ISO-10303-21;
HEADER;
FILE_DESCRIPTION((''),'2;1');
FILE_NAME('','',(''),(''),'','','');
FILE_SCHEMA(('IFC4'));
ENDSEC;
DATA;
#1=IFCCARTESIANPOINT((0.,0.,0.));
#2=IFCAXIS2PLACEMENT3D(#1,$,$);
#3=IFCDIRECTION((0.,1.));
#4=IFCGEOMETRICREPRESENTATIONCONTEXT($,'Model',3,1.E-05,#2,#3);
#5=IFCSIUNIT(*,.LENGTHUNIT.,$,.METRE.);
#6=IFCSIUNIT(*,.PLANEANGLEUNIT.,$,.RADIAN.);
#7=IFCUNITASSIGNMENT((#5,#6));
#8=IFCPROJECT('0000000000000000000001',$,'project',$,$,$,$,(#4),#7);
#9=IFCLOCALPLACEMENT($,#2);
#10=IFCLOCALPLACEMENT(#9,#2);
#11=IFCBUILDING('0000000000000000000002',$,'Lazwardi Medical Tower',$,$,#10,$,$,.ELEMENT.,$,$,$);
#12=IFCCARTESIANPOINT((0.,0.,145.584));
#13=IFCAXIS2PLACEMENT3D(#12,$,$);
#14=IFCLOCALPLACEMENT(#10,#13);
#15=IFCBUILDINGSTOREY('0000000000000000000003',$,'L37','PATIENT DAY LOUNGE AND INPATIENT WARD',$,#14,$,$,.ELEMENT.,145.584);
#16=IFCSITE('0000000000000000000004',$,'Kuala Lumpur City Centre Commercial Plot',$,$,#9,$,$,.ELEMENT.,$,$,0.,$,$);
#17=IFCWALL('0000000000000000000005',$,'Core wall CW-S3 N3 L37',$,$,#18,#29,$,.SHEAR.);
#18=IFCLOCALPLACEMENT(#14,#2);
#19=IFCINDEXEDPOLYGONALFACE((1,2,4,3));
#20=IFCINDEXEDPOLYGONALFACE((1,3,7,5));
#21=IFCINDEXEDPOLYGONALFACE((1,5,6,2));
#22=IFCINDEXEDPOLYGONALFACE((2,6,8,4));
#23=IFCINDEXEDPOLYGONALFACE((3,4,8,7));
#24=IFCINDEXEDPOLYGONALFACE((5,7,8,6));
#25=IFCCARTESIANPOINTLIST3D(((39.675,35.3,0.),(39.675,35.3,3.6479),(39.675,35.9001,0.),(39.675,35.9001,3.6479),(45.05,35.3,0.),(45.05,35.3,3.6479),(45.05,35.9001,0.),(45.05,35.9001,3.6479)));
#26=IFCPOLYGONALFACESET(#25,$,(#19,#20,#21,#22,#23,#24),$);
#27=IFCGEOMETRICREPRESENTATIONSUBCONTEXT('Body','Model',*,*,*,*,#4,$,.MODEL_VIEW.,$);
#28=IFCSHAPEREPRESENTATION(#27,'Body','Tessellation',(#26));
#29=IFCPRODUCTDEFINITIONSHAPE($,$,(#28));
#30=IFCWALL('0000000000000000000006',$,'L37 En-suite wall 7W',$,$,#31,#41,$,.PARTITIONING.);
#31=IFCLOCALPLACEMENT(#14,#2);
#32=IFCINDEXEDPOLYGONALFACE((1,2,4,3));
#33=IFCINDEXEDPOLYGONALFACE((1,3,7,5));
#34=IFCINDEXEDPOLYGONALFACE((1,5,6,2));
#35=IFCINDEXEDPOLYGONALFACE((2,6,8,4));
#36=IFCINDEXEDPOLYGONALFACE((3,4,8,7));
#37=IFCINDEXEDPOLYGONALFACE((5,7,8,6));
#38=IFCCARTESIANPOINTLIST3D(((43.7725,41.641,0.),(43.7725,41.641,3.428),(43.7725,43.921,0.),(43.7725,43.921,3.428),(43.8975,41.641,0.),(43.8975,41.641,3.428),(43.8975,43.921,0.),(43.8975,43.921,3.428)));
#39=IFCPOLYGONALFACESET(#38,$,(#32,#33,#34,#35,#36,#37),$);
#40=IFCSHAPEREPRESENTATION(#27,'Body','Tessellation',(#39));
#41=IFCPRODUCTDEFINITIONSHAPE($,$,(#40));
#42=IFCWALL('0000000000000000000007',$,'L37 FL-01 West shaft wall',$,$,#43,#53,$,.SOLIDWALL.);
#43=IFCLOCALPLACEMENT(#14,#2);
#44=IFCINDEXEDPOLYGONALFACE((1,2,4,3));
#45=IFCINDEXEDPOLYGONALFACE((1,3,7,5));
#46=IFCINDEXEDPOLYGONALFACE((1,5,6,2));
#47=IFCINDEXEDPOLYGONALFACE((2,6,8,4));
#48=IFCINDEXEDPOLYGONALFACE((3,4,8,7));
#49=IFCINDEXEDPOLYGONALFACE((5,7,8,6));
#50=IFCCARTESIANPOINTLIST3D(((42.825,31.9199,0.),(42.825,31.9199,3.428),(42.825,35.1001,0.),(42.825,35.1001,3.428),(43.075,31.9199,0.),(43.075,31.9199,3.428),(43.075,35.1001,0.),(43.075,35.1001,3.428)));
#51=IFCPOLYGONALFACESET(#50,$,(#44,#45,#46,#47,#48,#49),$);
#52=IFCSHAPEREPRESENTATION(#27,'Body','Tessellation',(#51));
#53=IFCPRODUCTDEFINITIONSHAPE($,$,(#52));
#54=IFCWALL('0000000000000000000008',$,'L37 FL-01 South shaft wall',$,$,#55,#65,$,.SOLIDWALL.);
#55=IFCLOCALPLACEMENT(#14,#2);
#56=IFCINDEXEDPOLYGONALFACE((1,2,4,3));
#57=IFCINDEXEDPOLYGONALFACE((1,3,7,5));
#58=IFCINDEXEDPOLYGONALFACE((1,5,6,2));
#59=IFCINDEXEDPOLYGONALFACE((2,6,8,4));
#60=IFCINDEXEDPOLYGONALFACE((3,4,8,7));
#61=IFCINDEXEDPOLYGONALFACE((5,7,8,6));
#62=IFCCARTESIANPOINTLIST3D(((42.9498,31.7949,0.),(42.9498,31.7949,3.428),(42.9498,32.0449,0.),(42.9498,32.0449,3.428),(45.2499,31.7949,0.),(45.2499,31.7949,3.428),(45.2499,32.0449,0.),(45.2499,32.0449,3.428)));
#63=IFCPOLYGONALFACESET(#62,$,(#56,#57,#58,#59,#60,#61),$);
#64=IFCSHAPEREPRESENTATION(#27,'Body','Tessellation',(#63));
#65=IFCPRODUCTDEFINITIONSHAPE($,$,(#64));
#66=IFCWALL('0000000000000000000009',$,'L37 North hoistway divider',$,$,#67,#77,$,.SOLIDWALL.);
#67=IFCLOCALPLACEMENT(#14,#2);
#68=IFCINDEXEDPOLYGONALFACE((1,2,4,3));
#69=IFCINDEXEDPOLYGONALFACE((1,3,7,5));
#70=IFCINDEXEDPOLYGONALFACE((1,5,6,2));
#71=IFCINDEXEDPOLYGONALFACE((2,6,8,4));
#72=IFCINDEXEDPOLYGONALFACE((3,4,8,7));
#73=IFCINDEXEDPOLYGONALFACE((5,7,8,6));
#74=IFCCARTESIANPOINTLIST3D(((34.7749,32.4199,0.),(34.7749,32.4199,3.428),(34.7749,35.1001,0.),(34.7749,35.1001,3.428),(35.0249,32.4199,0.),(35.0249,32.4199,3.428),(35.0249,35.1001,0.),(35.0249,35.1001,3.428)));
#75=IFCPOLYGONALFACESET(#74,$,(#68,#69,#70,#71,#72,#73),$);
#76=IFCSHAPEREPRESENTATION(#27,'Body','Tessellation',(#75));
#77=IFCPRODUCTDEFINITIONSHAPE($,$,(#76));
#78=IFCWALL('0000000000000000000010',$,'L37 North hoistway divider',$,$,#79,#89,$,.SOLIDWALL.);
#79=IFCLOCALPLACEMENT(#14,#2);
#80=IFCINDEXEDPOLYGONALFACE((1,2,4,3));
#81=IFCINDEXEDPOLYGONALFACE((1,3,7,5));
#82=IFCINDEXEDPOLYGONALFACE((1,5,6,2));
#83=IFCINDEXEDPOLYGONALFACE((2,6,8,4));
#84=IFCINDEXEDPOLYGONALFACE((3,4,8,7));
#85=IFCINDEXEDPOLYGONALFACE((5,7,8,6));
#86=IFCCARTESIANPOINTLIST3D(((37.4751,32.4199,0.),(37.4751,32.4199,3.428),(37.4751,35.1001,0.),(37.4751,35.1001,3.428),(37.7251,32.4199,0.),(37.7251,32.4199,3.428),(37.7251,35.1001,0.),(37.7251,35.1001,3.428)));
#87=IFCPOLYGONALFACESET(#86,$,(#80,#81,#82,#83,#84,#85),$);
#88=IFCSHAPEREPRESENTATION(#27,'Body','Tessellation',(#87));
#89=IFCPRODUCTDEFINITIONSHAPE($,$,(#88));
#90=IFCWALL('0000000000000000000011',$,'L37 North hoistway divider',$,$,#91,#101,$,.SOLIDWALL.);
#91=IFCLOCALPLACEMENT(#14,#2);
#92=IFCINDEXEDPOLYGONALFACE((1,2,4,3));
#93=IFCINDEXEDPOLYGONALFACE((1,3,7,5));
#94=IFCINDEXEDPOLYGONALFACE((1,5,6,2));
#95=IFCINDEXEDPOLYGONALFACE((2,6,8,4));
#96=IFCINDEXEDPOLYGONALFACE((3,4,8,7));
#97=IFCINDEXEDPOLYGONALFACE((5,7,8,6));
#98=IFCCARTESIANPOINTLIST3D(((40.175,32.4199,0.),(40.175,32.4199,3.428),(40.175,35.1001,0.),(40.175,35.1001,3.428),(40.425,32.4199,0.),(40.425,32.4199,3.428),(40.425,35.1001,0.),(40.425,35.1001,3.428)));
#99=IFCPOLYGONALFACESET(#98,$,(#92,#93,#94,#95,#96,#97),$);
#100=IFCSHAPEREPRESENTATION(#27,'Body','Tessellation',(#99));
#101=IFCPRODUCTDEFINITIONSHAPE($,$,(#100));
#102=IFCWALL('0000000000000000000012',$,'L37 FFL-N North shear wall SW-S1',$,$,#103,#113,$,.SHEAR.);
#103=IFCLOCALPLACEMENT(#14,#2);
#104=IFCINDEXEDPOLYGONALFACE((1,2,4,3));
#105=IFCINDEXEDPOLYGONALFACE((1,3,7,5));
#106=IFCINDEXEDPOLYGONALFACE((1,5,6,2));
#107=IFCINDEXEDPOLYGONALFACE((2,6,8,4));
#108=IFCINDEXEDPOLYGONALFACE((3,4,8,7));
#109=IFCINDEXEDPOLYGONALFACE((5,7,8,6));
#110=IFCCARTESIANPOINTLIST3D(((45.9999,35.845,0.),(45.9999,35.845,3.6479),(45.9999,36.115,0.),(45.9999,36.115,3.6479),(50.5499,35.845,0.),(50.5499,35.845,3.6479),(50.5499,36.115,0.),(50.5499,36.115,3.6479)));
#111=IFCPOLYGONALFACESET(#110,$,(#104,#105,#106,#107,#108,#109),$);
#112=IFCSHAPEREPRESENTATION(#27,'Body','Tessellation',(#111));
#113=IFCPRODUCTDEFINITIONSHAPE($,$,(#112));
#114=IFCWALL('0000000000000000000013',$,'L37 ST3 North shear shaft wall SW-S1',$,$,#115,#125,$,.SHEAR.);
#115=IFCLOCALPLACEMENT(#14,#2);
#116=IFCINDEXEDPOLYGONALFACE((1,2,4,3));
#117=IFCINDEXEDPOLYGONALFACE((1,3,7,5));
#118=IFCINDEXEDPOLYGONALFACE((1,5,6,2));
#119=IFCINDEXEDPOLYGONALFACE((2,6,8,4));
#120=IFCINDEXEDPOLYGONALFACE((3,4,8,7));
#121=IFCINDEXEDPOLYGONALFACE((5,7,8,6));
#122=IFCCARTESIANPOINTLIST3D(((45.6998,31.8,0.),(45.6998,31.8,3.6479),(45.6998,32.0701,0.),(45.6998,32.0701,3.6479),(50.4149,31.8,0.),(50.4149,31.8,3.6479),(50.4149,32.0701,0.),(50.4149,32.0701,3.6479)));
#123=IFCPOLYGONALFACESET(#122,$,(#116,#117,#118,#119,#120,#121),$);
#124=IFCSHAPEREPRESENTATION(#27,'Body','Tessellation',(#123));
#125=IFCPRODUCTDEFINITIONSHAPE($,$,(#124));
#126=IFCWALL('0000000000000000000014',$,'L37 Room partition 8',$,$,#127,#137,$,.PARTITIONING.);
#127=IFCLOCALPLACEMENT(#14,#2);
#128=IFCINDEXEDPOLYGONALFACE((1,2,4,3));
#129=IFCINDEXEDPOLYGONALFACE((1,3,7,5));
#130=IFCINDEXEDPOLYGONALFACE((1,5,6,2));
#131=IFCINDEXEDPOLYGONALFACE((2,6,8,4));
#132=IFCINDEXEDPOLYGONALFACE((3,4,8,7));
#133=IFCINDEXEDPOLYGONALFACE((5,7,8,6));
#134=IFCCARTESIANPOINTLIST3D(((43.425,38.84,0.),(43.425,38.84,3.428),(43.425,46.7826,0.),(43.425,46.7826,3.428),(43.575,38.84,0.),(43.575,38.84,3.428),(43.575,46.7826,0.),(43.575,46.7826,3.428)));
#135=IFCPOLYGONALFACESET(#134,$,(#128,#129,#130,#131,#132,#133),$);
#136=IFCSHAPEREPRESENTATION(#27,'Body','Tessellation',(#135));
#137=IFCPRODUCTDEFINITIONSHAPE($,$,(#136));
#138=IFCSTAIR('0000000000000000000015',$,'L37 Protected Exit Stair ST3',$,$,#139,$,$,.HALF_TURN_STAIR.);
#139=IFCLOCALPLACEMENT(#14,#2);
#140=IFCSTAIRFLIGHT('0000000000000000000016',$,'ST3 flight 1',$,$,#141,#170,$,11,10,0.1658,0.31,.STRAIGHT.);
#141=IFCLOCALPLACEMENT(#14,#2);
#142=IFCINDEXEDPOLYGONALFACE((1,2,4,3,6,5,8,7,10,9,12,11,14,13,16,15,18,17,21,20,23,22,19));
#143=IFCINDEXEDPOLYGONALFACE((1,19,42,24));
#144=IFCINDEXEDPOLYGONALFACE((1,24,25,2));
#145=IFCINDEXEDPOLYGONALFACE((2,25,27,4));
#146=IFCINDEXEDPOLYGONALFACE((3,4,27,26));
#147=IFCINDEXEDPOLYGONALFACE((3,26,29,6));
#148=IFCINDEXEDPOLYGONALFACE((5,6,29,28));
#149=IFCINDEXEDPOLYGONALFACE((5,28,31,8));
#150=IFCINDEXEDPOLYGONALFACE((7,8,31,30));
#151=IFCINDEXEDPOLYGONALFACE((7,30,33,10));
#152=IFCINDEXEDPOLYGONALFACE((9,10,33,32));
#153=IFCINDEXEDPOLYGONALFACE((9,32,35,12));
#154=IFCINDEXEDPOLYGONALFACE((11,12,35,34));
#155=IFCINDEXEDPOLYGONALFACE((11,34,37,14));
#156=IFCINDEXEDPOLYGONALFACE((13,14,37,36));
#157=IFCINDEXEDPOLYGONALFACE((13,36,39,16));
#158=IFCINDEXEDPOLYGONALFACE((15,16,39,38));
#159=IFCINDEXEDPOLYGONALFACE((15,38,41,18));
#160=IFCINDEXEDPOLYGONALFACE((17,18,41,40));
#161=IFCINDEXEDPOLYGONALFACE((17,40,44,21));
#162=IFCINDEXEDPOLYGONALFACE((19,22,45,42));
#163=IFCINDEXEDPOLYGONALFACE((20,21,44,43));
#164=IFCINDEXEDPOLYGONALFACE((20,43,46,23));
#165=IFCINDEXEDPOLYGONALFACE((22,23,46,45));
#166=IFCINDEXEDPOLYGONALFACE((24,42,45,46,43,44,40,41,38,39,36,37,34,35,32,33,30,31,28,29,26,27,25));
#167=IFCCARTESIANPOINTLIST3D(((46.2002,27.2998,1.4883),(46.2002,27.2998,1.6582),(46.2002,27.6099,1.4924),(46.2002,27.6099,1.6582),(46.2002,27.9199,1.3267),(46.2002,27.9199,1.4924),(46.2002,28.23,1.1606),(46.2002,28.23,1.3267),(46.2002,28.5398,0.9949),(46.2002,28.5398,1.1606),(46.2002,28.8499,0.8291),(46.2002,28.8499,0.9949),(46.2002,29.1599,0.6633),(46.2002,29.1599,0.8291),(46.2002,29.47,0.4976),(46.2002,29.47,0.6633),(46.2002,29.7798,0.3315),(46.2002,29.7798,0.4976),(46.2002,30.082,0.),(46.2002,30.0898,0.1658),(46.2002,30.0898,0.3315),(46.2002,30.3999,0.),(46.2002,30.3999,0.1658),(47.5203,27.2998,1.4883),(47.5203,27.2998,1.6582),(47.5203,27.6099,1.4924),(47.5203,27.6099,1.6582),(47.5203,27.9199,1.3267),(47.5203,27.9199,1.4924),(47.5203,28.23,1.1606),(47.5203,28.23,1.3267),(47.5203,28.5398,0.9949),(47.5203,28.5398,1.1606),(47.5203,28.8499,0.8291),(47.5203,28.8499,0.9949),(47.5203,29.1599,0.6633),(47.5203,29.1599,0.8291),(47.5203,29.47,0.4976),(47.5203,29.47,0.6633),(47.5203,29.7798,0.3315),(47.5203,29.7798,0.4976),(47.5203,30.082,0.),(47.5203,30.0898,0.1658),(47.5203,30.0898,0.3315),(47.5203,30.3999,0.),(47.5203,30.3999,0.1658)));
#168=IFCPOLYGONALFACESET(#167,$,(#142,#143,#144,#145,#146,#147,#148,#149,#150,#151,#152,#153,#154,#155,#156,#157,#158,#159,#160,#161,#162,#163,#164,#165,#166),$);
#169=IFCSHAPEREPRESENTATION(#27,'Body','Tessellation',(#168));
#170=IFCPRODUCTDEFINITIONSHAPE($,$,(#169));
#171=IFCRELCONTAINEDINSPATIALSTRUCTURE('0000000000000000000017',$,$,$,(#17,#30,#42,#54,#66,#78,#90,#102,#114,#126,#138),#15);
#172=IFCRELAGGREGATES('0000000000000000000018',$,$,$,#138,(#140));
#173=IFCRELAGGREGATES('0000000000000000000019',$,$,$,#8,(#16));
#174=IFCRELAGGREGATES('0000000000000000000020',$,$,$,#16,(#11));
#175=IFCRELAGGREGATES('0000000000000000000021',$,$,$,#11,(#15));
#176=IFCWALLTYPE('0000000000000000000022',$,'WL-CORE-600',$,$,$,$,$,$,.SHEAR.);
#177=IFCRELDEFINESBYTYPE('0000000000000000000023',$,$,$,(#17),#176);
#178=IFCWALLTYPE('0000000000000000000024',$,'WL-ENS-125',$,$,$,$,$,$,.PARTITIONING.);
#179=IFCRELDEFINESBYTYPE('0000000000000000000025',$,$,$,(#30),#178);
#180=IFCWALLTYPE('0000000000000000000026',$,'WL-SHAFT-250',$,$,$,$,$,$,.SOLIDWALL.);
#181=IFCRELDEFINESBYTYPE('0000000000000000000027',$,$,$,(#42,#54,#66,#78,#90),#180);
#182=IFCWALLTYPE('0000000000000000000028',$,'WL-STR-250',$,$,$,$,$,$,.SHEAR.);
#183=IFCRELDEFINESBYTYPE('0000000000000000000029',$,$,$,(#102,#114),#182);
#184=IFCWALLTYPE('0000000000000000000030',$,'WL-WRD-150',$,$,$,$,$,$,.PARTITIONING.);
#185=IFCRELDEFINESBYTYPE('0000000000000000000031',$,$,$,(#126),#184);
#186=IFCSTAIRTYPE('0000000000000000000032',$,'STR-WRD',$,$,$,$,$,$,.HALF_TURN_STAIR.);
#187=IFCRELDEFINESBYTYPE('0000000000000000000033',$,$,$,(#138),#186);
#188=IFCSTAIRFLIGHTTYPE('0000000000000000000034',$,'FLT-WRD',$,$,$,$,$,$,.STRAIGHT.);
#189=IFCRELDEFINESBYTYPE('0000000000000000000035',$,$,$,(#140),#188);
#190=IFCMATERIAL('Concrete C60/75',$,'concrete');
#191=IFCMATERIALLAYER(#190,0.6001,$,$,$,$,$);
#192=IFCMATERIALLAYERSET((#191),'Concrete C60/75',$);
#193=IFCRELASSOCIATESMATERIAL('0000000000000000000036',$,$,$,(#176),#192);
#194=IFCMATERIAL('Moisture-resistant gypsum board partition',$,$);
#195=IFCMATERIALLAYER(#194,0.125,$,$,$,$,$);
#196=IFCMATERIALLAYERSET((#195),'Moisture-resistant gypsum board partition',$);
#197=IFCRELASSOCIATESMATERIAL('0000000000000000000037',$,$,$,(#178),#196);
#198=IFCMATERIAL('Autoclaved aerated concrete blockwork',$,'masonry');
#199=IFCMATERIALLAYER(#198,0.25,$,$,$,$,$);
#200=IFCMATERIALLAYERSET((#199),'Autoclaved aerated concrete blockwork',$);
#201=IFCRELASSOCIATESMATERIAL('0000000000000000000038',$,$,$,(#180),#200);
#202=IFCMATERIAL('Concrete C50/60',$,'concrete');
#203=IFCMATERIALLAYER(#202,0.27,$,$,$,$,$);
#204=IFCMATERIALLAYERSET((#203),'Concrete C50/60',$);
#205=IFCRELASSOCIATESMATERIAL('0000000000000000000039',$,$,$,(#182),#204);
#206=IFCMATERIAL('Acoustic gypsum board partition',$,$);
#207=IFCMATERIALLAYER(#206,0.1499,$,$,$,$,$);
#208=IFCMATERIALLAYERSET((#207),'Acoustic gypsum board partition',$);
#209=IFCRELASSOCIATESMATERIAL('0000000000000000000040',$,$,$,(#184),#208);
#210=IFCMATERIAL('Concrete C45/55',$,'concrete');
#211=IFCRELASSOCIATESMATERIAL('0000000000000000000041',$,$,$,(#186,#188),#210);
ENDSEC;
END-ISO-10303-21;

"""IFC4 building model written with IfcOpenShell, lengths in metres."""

from ifc_helpers import new_model, si_unit, direction, frame, frame_2d, origin, place, context, subcontext, project, spatial, polyline, rectangle, outline, extrude, material, layer, layer_set, type_object, element, aggregate, save


model = new_model("IFC4")

# Units and contexts
model_context = context("Model", 3, precision=1e-05, world=origin(), true_north=direction((0.0, 1.0)))
body_context = subcontext(model_context, "Body", "Model", "MODEL_VIEW")
ifc_project = project(units=[si_unit("LENGTHUNIT", "METRE"), si_unit("PLANEANGLEUNIT", "RADIAN")], contexts=[model_context])

# Site, building, storey
site_placement = place(None, origin())
site = spatial("IfcSite", under=ifc_project, at=site_placement, Name="Kuala Lumpur City Centre Commercial Plot", CompositionType="ELEMENT", RefElevation=0.0)
building_placement = place(site_placement, origin())
building = spatial("IfcBuilding", under=site, at=building_placement, Name="Lazwardi Medical Tower", CompositionType="ELEMENT")
storey_placement = place(building_placement, frame((0.0, 0.0, 145.584)))
storey = spatial("IfcBuildingStorey", under=building, at=storey_placement, Name="L37", Description="PATIENT DAY LOUNGE AND INPATIENT WARD", CompositionType="ELEMENT", Elevation=145.584)

# Shared definitions
ifc_material_1 = material(Name="Concrete C60/75", Category="concrete")

# Walls
ifc_layer_1 = layer(ifc_material_1, 0.6001)
ifc_layer_set_1 = layer_set([ifc_layer_1], Name="Concrete C60/75")
wall_type_1 = type_object("IfcWallType", Name="WL-CORE-600", PredefinedType="SHEAR", material=ifc_layer_set_1)
wall_1_placement = place(storey_placement, frame((39.675, 35.6001, 0.0), z_axis=(0.0, 0.0, 1.0), x_axis=(1.0, 0.0, 0.0)))
element("IfcWall", 1, at=wall_1_placement, inside=storey, type_object=wall_type_1, Name="Core wall CW-S3 N3 L37", PredefinedType="SHEAR", context=body_context, shape_type="SweptSolid", body=[
    extrude(rectangle(XDim=5.375, YDim=0.6001, at=frame_2d((2.6875, 0.0))), origin(), (0.0, 0.0, 1.0), 3.6479),
])
ifc_material_2 = material(Name="Moisture-resistant gypsum board partition")
ifc_layer_2 = layer(ifc_material_2, 0.125)
ifc_layer_set_2 = layer_set([ifc_layer_2], Name="Moisture-resistant gypsum board partition")
wall_type_2 = type_object("IfcWallType", Name="WL-ENS-125", PredefinedType="PARTITIONING", material=ifc_layer_set_2)
wall_2_placement = place(storey_placement, frame((43.835, 41.6409, 0.0), z_axis=(0.0, 0.0, 1.0), x_axis=(0.0, 1.0, 0.0)))
element("IfcWall", 2, at=wall_2_placement, inside=storey, type_object=wall_type_2, Name="L37 En-suite wall 7W", PredefinedType="PARTITIONING", context=body_context, shape_type="SweptSolid", body=[
    extrude(rectangle(XDim=2.28, YDim=0.125, at=frame_2d((1.1401, 0.0))), origin(), (0.0, 0.0, 1.0), 3.428),
])
ifc_material_3 = material(Name="Autoclaved aerated concrete blockwork", Category="masonry")
ifc_layer_3 = layer(ifc_material_3, 0.25)
ifc_layer_set_3 = layer_set([ifc_layer_3], Name="Autoclaved aerated concrete blockwork")
wall_type_3 = type_object("IfcWallType", Name="WL-SHAFT-250", PredefinedType="SOLIDWALL", material=ifc_layer_set_3)
wall_3_placement = place(storey_placement, frame((42.95, 31.9199, 0.0), z_axis=(0.0, 0.0, 1.0), x_axis=(0.0, 1.0, 0.0)))
element("IfcWall", 3, at=wall_3_placement, inside=storey, type_object=wall_type_3, Name="L37 FL-01 West shaft wall", PredefinedType="SOLIDWALL", context=body_context, shape_type="SweptSolid", body=[
    extrude(rectangle(XDim=3.1802, YDim=0.25, at=frame_2d((1.5901, 0.0))), origin(), (0.0, 0.0, 1.0), 3.428),
])
wall_4_placement = place(storey_placement, frame((42.95, 31.9199, 0.0), z_axis=(0.0, 0.0, 1.0), x_axis=(1.0, 0.0, 0.0)))
element("IfcWall", 4, at=wall_4_placement, inside=storey, type_object=wall_type_3, Name="L37 FL-01 South shaft wall", PredefinedType="SOLIDWALL", context=body_context, shape_type="SweptSolid", body=[
    extrude(rectangle(XDim=2.3, YDim=0.25, at=frame_2d((1.1499, 0.0))), origin(), (0.0, 0.0, 1.0), 3.428),
])
for number, where, z_axis, x_axis, name in (
    (5, (34.8999, 32.4199, 0.0), (0.0, 0.0, 1.0), (0.0, 1.0, 0.0), "L37 North hoistway divider"),
    (6, (37.6001, 32.4199, 0.0), (0.0, 0.0, 1.0), (0.0, 1.0, 0.0), "L37 North hoistway divider"),
    (7, (40.3, 32.4199, 0.0), (0.0, 0.0, 1.0), (0.0, 1.0, 0.0), "L37 North hoistway divider"),
):
    element("IfcWall", number, at=place(storey_placement, frame(where, z_axis=z_axis, x_axis=x_axis)), inside=storey, type_object=wall_type_3, Name=name, PredefinedType="SOLIDWALL", context=body_context, shape_type="SweptSolid", body=[
        extrude(rectangle(XDim=2.6802, YDim=0.25, at=frame_2d((1.3401, 0.0))), origin(), (0.0, 0.0, 1.0), 3.428),
    ])

# Shared definitions
ifc_material_4 = material(Name="Concrete C50/60", Category="concrete")
ifc_layer_4 = layer(ifc_material_4, 0.27)
ifc_layer_set_4 = layer_set([ifc_layer_4], Name="Concrete C50/60")
wall_type_4 = type_object("IfcWallType", Name="WL-STR-250", PredefinedType="SHEAR", material=ifc_layer_set_4)

# Walls
wall_5_placement = place(storey_placement, frame((46.0, 35.98, 0.0), z_axis=(0.0, 0.0, 1.0), x_axis=(1.0, 0.0, 0.0)))
element("IfcWall", 8, at=wall_5_placement, inside=storey, type_object=wall_type_4, Name="L37 FFL-N North shear wall SW-S1", PredefinedType="SHEAR", context=body_context, shape_type="SweptSolid", body=[
    extrude(rectangle(XDim=4.55, YDim=0.27, at=frame_2d((2.2749, 0.0))), origin(), (0.0, 0.0, 1.0), 3.6479),
])
wall_6_placement = place(storey_placement, frame((45.7, 31.9351, 0.0), z_axis=(0.0, 0.0, 1.0), x_axis=(1.0, 0.0, 0.0)))
element("IfcWall", 9, at=wall_6_placement, inside=storey, type_object=wall_type_4, Name="L37 ST3 North shear shaft wall SW-S1", PredefinedType="SHEAR", context=body_context, shape_type="SweptSolid", body=[
    extrude(rectangle(XDim=4.7151, YDim=0.27, at=frame_2d((2.3574, 0.0))), origin(), (0.0, 0.0, 1.0), 3.6479),
])
ifc_material_5 = material(Name="Acoustic gypsum board partition")
ifc_layer_5 = layer(ifc_material_5, 0.1499)
ifc_layer_set_5 = layer_set([ifc_layer_5], Name="Acoustic gypsum board partition")
wall_type_5 = type_object("IfcWallType", Name="WL-WRD-150", PredefinedType="PARTITIONING", material=ifc_layer_set_5)
wall_7_placement = place(storey_placement, frame((43.5, 38.8401, 0.0), z_axis=(0.0, 0.0, 1.0), x_axis=(0.0, 1.0, 0.0)))
element("IfcWall", 10, at=wall_7_placement, inside=storey, type_object=wall_type_5, Name="L37 Room partition 8", PredefinedType="PARTITIONING", context=body_context, shape_type="SweptSolid", body=[
    extrude(rectangle(XDim=7.9426, YDim=0.1499, at=frame_2d((3.9712, 0.0))), origin(), (0.0, 0.0, 1.0), 3.428),
])

# Stair, stair flight
ifc_material_6 = material(Name="Concrete C45/55", Category="concrete")
stair_type = type_object("IfcStairType", Name="STR-WRD", PredefinedType="HALF_TURN_STAIR", material=ifc_material_6)
stair_placement = place(storey_placement, origin())
stair = element("IfcStair", 11, at=stair_placement, inside=storey, type_object=stair_type, Name="L37 Protected Exit Stair ST3", PredefinedType="HALF_TURN_STAIR")
stair_flight_type = type_object("IfcStairFlightType", Name="FLT-WRD", PredefinedType="STRAIGHT", material=ifc_material_6)
stair_flight_placement = place(storey_placement, frame((46.8601, 30.3999, 0.0), z_axis=(0.0, 0.0, 1.0), x_axis=(0.0, -1.0, 0.0)))
stair_flight = element("IfcStairFlight", 12, at=stair_flight_placement, type_object=stair_flight_type, Name="ST3 flight 1", NumberOfRisers=11, NumberOfTreads=10, PredefinedType="STRAIGHT", RiserHeight=0.1658, TreadLength=0.31, context=body_context, shape_type="SweptSolid", body=[
    extrude(outline(polyline([(0.0, 0.0), (0.0, 0.1658), (0.3101, 0.1658), (0.3101, 0.3315), (0.6201, 0.3315), (0.6201, 0.4976), (0.9299, 0.4976), (0.9299, 0.6633), (1.24, 0.6633), (1.24, 0.8291), (1.55, 0.8291), (1.55, 0.9949), (1.8601, 0.9949), (1.8601, 1.1606), (2.1699, 1.1606), (2.1699, 1.3267), (2.48, 1.3267), (2.48, 1.4924), (2.79, 1.4924), (2.79, 1.6582), (3.1001, 1.6582), (3.1001, 1.824), (3.1001, 1.4883), (0.3179, 0.0), (0.0, 0.0)])), frame((0.0, 0.6602, 0.0), z_axis=(0.0, -1.0, 0.0), x_axis=(1.0, 0.0, 0.0)), (0.0, 0.0, 1.0), 1.3201),
])
aggregate(stair, [stair_flight])

save(model, "model.ifc")
